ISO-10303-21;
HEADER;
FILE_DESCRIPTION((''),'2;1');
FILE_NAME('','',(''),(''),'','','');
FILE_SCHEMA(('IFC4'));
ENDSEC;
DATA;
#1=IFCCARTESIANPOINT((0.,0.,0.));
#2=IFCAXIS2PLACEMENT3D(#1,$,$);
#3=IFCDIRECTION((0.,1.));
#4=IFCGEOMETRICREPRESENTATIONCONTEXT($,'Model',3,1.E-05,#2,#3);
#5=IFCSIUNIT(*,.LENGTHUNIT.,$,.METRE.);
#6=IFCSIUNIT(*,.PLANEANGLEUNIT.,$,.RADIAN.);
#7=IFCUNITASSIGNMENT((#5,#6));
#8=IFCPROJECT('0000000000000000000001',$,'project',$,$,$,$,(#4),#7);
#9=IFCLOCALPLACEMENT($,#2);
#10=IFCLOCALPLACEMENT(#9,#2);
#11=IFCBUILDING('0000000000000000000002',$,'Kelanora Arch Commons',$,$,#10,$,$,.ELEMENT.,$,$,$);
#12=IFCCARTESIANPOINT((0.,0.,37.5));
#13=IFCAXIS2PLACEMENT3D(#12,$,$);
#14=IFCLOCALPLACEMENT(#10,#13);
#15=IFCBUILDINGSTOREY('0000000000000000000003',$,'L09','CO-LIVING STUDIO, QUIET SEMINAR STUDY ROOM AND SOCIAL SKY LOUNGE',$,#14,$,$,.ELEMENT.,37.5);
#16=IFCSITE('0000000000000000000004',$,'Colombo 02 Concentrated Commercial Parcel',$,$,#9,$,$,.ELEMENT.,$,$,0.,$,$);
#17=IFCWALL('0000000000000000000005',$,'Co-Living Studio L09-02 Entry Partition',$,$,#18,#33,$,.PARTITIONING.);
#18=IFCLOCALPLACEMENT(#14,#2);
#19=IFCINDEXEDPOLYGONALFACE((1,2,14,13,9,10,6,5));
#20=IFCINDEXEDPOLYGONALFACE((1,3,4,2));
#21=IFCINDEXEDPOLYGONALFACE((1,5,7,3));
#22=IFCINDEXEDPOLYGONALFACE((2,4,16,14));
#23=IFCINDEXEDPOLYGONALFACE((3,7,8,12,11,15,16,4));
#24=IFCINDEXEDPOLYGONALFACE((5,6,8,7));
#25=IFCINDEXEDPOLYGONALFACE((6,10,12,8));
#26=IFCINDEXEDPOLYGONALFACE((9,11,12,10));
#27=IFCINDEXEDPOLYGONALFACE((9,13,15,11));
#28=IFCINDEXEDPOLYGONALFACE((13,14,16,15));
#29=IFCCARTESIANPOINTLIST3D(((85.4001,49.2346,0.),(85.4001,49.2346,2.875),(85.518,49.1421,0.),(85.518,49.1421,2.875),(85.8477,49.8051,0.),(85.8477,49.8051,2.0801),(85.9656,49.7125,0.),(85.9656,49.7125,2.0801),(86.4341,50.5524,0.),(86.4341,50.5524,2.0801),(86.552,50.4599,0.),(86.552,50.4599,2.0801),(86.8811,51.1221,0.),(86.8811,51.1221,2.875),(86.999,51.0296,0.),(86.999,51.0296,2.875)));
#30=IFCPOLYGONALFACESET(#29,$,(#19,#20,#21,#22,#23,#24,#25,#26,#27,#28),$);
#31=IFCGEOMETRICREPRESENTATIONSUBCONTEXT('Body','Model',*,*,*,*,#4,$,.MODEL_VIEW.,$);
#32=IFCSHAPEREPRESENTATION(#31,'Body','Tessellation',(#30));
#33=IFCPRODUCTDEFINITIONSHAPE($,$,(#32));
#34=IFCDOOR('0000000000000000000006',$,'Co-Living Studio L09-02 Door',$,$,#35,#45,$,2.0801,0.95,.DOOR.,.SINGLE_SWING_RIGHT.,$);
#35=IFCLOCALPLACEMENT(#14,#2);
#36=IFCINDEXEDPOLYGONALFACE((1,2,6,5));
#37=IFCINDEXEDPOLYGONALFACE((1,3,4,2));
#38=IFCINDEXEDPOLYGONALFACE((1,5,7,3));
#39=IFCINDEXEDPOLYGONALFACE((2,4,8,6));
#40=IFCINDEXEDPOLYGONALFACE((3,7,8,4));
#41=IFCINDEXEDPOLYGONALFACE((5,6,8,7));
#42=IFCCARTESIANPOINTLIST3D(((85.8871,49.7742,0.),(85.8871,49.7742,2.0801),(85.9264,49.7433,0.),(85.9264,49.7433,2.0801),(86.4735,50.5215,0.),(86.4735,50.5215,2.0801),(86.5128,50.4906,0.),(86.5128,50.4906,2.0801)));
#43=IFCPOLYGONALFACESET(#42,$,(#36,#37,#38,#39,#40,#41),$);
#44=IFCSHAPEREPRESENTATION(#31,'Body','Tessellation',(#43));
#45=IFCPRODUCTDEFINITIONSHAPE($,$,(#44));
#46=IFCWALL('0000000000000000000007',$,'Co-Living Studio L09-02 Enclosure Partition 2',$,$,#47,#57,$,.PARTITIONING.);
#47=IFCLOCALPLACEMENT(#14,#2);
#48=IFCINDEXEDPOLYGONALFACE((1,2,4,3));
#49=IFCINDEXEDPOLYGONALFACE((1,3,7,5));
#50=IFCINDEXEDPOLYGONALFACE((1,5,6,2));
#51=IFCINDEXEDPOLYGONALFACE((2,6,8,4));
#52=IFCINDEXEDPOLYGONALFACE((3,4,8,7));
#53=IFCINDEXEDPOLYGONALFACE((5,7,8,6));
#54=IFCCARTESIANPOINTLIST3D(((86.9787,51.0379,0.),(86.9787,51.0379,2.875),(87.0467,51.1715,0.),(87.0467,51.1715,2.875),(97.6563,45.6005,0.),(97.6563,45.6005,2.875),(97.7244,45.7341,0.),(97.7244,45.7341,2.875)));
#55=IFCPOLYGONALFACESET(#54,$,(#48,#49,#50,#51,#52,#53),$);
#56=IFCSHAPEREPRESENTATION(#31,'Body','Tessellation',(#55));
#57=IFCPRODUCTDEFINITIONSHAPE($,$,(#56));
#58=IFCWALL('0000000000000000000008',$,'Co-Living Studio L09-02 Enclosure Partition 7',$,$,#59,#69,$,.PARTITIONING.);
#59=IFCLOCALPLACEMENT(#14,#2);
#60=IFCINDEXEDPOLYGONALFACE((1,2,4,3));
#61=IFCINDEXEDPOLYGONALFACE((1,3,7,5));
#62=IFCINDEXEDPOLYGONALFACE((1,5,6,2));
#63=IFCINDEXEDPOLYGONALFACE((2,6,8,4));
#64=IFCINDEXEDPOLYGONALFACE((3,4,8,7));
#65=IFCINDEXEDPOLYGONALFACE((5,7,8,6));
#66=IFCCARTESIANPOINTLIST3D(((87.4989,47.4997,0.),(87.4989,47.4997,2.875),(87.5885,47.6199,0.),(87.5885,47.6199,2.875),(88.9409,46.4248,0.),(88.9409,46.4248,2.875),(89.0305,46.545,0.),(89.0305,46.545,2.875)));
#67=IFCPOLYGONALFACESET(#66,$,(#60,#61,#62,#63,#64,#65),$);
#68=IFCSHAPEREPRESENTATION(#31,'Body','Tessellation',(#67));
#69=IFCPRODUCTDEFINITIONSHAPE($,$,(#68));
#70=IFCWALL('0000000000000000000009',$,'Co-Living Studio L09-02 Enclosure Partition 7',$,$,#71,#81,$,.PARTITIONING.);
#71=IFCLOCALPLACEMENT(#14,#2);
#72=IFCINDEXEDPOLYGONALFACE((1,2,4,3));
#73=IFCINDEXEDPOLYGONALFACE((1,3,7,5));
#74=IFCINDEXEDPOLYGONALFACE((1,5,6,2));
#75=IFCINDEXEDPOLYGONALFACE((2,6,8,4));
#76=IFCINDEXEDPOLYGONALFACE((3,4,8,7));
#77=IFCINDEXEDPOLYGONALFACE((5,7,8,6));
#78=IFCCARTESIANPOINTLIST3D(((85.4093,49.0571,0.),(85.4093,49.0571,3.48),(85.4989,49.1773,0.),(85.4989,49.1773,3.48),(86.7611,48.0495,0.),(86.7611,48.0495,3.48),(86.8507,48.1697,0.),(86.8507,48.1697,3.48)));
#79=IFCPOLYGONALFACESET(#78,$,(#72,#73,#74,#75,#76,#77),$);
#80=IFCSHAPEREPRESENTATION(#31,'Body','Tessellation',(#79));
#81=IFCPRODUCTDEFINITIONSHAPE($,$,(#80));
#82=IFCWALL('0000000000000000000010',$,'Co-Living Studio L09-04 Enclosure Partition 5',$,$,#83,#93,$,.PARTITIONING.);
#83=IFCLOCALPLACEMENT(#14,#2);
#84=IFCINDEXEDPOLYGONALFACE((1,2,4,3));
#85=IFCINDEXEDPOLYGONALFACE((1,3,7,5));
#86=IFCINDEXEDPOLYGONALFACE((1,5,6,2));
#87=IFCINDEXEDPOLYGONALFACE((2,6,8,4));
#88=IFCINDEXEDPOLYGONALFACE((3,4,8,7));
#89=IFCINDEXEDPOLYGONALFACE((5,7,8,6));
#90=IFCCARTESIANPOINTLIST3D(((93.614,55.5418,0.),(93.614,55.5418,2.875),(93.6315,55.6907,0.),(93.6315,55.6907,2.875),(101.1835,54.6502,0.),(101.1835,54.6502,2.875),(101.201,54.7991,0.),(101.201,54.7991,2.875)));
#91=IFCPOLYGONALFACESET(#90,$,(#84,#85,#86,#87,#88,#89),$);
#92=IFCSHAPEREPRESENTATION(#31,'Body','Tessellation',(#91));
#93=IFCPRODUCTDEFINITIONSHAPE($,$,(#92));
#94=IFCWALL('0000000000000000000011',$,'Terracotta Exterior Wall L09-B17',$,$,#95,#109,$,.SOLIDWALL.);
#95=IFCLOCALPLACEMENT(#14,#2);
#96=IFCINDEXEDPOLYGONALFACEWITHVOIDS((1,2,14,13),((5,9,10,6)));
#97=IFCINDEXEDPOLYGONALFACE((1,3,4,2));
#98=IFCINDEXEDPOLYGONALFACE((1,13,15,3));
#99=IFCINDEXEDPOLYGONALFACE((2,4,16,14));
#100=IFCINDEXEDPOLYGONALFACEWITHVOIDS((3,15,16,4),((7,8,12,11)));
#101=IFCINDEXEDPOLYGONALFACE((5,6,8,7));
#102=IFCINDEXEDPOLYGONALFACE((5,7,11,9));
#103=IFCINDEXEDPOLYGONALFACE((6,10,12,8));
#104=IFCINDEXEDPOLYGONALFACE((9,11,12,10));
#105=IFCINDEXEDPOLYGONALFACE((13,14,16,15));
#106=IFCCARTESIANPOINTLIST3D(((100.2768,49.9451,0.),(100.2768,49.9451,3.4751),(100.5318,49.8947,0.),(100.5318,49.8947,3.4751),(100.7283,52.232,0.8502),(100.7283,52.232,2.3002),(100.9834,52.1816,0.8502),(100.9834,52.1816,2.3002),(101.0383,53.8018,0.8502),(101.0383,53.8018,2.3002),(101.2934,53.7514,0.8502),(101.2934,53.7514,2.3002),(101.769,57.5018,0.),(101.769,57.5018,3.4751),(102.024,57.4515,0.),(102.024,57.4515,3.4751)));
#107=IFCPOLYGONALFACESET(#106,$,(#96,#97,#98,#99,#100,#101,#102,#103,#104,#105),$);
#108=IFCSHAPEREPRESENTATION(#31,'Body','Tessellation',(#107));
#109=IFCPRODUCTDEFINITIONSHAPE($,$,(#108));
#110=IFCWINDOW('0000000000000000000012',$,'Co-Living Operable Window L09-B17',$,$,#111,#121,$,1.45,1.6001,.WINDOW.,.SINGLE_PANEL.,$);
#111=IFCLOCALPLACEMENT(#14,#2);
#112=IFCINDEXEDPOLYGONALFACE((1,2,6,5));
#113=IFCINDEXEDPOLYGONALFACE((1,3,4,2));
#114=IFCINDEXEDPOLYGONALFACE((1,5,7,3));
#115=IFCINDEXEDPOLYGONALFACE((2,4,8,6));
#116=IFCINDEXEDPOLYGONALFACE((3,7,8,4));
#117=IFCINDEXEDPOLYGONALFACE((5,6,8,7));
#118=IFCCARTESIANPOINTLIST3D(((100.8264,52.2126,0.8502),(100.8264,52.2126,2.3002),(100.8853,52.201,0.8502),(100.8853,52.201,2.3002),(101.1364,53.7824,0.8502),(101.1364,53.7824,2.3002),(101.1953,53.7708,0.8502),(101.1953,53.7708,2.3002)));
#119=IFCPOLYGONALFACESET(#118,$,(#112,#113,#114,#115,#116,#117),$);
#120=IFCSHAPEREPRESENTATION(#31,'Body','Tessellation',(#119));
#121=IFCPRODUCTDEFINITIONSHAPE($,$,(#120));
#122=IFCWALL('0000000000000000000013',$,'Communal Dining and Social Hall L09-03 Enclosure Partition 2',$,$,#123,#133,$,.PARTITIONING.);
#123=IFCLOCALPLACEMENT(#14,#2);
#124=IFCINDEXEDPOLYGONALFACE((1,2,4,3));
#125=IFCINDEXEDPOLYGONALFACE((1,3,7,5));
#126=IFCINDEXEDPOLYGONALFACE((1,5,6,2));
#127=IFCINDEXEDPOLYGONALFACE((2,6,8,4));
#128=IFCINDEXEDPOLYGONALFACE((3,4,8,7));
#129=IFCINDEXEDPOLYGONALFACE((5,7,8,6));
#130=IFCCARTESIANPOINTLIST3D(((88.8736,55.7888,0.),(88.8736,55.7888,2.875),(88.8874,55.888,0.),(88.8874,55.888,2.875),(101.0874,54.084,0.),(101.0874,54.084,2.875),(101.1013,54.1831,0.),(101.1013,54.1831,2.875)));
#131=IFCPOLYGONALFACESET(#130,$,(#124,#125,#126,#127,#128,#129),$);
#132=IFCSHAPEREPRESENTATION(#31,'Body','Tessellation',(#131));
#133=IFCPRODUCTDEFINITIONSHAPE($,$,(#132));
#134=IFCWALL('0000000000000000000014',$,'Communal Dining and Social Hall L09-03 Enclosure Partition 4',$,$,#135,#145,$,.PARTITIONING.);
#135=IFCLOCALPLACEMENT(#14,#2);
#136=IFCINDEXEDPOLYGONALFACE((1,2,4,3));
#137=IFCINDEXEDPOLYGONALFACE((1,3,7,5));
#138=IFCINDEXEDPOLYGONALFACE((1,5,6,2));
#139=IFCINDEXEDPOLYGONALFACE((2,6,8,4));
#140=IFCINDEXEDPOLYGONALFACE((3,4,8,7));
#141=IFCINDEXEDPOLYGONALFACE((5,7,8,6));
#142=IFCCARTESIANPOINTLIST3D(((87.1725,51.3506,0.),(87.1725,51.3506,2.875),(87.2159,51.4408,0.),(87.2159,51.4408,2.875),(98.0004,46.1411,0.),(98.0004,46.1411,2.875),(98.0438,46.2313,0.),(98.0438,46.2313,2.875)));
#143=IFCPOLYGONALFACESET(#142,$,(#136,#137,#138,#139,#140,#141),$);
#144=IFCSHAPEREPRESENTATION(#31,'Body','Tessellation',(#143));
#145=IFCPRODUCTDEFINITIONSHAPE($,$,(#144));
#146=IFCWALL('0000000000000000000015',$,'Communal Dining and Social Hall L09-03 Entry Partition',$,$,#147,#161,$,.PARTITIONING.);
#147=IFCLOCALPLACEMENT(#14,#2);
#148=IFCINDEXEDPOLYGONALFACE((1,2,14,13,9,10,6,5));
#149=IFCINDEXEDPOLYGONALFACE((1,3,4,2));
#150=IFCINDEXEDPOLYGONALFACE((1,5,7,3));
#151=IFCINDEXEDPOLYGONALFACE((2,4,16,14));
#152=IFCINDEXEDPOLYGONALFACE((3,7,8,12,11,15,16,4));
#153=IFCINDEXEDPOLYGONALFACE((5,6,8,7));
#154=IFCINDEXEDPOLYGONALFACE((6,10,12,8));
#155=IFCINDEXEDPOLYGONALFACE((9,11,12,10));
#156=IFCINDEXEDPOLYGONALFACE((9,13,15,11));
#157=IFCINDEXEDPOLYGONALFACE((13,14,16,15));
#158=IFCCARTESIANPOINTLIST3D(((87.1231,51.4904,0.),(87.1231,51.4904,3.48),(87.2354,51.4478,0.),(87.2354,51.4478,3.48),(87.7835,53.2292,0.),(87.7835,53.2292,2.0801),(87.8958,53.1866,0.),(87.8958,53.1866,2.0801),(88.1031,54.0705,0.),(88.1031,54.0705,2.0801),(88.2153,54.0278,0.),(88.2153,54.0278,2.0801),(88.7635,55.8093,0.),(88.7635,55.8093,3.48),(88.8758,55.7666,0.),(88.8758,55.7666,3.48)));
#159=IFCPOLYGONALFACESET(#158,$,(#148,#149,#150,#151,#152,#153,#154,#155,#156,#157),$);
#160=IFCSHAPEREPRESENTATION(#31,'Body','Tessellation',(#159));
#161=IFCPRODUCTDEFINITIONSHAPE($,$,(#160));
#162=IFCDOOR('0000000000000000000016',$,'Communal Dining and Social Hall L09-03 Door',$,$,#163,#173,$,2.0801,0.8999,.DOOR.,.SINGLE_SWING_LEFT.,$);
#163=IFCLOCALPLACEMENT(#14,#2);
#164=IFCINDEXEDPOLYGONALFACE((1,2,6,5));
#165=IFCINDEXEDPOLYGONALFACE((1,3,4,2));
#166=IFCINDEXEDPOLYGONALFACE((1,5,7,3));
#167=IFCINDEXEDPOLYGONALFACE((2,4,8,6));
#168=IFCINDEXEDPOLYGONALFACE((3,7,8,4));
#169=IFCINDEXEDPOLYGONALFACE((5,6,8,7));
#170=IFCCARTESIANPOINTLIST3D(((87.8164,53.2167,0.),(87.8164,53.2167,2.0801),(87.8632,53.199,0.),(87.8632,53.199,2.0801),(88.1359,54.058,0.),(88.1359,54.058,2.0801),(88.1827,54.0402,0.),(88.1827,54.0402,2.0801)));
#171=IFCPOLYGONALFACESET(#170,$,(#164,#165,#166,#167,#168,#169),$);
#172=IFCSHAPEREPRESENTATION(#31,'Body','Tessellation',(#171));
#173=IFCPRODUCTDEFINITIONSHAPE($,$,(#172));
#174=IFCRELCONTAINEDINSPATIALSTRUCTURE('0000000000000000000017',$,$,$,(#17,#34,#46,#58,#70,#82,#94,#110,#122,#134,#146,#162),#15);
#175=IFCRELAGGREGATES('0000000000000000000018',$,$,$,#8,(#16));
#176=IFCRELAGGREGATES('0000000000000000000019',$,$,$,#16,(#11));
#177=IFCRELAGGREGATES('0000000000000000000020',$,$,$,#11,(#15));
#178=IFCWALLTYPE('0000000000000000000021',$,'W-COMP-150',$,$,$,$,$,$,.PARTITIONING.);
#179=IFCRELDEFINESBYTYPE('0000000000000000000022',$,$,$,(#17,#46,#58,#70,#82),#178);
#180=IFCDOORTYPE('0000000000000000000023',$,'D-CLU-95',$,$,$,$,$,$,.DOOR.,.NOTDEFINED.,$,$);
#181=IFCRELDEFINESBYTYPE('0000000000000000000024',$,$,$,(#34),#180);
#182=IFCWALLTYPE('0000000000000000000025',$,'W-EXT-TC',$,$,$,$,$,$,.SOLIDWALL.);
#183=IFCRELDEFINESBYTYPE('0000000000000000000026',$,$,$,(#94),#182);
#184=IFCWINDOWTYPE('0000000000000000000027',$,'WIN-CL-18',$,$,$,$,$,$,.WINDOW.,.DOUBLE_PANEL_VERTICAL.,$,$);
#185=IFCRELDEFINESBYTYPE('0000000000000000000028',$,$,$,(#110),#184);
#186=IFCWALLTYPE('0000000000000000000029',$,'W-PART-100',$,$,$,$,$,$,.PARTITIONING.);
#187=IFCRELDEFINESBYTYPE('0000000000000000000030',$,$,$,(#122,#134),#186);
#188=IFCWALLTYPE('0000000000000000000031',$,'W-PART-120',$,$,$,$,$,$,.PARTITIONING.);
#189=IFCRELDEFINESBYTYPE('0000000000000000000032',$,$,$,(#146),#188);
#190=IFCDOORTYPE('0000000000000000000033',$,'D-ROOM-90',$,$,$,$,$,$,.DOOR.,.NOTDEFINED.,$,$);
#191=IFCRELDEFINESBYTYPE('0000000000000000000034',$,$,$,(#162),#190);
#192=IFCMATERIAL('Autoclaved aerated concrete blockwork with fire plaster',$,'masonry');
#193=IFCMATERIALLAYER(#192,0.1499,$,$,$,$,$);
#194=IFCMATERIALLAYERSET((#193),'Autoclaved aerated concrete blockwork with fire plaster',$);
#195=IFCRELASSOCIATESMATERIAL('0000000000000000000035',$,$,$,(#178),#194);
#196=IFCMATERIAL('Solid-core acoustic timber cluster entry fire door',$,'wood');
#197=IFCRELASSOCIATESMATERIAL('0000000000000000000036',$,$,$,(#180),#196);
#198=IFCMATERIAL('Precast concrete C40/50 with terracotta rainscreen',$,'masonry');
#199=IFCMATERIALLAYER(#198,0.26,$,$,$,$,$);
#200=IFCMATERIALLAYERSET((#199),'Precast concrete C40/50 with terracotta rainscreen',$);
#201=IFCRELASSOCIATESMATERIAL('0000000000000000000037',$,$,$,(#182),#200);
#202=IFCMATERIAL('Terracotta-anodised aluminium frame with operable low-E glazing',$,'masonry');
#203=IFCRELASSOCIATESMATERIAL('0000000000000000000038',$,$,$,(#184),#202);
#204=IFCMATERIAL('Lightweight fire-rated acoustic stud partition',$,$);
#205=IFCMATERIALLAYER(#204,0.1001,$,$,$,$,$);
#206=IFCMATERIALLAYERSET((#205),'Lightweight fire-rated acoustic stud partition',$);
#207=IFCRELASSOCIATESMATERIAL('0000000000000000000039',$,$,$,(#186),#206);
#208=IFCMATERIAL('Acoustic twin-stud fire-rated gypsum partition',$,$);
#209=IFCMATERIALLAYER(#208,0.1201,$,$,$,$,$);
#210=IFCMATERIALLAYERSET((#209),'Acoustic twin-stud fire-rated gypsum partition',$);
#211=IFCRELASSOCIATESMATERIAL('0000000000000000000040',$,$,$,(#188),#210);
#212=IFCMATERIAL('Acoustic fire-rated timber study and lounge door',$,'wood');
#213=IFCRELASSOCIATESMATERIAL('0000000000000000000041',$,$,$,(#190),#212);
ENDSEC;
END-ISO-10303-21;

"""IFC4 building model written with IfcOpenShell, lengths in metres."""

from ifc_helpers import new_model, si_unit, direction, frame, frame_2d, origin, place, context, subcontext, project, spatial, rectangle, extrude, material, layer, layer_set, type_object, element, fill, save


model = new_model("IFC4")

# Units and contexts
model_context = context("Model", 3, precision=1e-05, world=origin(), true_north=direction((0.0, 1.0)))
body_context = subcontext(model_context, "Body", "Model", "MODEL_VIEW")
ifc_project = project(units=[si_unit("LENGTHUNIT", "METRE"), si_unit("PLANEANGLEUNIT", "RADIAN")], contexts=[model_context])

# Site, building, storey
site_placement = place(None, origin())
site = spatial("IfcSite", under=ifc_project, at=site_placement, Name="Colombo 02 Concentrated Commercial Parcel", CompositionType="ELEMENT", RefElevation=0.0)
building_placement = place(site_placement, origin())
building = spatial("IfcBuilding", under=site, at=building_placement, Name="Kelanora Arch Commons", CompositionType="ELEMENT")
storey_placement = place(building_placement, frame((0.0, 0.0, 37.5)))
storey = spatial("IfcBuildingStorey", under=building, at=storey_placement, Name="L09", Description="CO-LIVING STUDIO, QUIET SEMINAR STUDY ROOM AND SOCIAL SKY LOUNGE", CompositionType="ELEMENT", Elevation=37.5)

# Wall, opening, door
ifc_material_1 = material(Name="Autoclaved aerated concrete blockwork with fire plaster", Category="masonry")
ifc_layer_1 = layer(ifc_material_1, 0.1499)
ifc_layer_set_1 = layer_set([ifc_layer_1], Name="Autoclaved aerated concrete blockwork with fire plaster")
wall_type_1 = type_object("IfcWallType", Name="W-COMP-150", PredefinedType="PARTITIONING", material=ifc_layer_set_1)
wall_1_placement = place(storey_placement, frame((85.459, 49.1882, 0.0), z_axis=(0.0, 0.0, 1.0), x_axis=(0.617296, 0.786731, 0.0)))
wall_1 = element("IfcWall", 1, at=wall_1_placement, inside=storey, type_object=wall_type_1, Name="Co-Living Studio L09-02 Entry Partition", PredefinedType="PARTITIONING", context=body_context, shape_type="SweptSolid", body=[
    extrude(rectangle(XDim=2.3992, YDim=0.1499, at=frame_2d((1.1997, 0.0))), origin(), (0.0, 0.0, 1.0), 2.875),
])
opening_1_placement = place(wall_1_placement, frame((0.7251, 0.0, 0.0)))
opening_1 = element("IfcOpeningElement", 2, at=opening_1_placement, cuts=wall_1, PredefinedType="OPENING", context=body_context, shape_type="SweptSolid", body=[
    extrude(rectangle(XDim=0.95, YDim=2.0801, at=frame_2d((0.4751, 1.04))), frame((0.0, 0.085, 0.0), z_axis=(0.0, -1.0, 0.0), x_axis=(1.0, 0.0, 0.0)), (0.0, 0.0, 1.0), 0.1699),
])
ifc_material_2 = material(Name="Solid-core acoustic timber cluster entry fire door", Category="wood")
door_type_1 = type_object("IfcDoorType", Name="D-CLU-95", OperationType="NOTDEFINED", PredefinedType="DOOR", material=ifc_material_2)
door_1_placement = place(opening_1_placement, origin())
door_1 = element("IfcDoor", 3, at=door_1_placement, inside=storey, type_object=door_type_1, Name="Co-Living Studio L09-02 Door", OperationType="SINGLE_SWING_RIGHT", OverallHeight=2.0801, OverallWidth=0.95, PredefinedType="DOOR", context=body_context, shape_type="SweptSolid", body=[
    extrude(rectangle(XDim=0.95, YDim=2.0801, at=frame_2d((0.4751, 1.04))), frame((0.0, 0.0249, 0.0), z_axis=(0.0, -1.0, 0.0), x_axis=(1.0, 0.0, 0.0)), (0.0, 0.0, 1.0), 0.05),
])
fill(opening_1, door_1)

# Walls
wall_2_placement = place(storey_placement, frame((87.0127, 51.1047, 0.0), z_axis=(0.0, 0.0, 1.0), x_axis=(0.89111, -0.453787, 0.0)))
element("IfcWall", 4, at=wall_2_placement, inside=storey, type_object=wall_type_1, Name="Co-Living Studio L09-02 Enclosure Partition 2", PredefinedType="PARTITIONING", context=body_context, shape_type="SweptSolid", body=[
    extrude(rectangle(XDim=11.9824, YDim=0.1499, at=frame_2d((5.9912, 0.0))), origin(), (0.0, 0.0, 1.0), 2.875),
])
wall_3_placement = place(storey_placement, frame((88.9858, 46.4849, 0.0), z_axis=(0.0, 0.0, 1.0), x_axis=(-0.801772, 0.59763, 0.0)))
element("IfcWall", 5, at=wall_3_placement, inside=storey, type_object=wall_type_1, Name="Co-Living Studio L09-02 Enclosure Partition 7", PredefinedType="PARTITIONING", context=body_context, shape_type="SweptSolid", body=[
    extrude(rectangle(XDim=1.7986, YDim=0.1499, at=frame_2d((0.8994, 0.0))), origin(), (0.0, 0.0, 1.0), 2.875),
])
wall_4_placement = place(storey_placement, frame((86.8059, 48.1096, 0.0), z_axis=(0.0, 0.0, 1.0), x_axis=(-0.801786, 0.597611, 0.0)))
element("IfcWall", 6, at=wall_4_placement, inside=storey, type_object=wall_type_1, Name="Co-Living Studio L09-02 Enclosure Partition 7", PredefinedType="PARTITIONING", context=body_context, shape_type="SweptSolid", body=[
    extrude(rectangle(XDim=1.686, YDim=0.1499, at=frame_2d((0.843, 0.0))), origin(), (0.0, 0.0, 1.0), 3.48),
])
wall_5_placement = place(storey_placement, frame((101.1924, 54.7246, 0.0), z_axis=(0.0, 0.0, 1.0), x_axis=(-0.993134, 0.116979, 0.0)))
element("IfcWall", 7, at=wall_5_placement, inside=storey, type_object=wall_type_1, Name="Co-Living Studio L09-04 Enclosure Partition 5", PredefinedType="PARTITIONING", context=body_context, shape_type="SweptSolid", body=[
    extrude(rectangle(XDim=7.6218, YDim=0.1499, at=frame_2d((3.811, 0.0))), origin(), (0.0, 0.0, 1.0), 2.875),
])

# Wall, opening, window
ifc_material_3 = material(Name="Precast concrete C40/50 with terracotta rainscreen", Category="masonry")
ifc_layer_2 = layer(ifc_material_3, 0.26)
ifc_layer_set_2 = layer_set([ifc_layer_2], Name="Precast concrete C40/50 with terracotta rainscreen")
wall_type_2 = type_object("IfcWallType", Name="W-EXT-TC", PredefinedType="SOLIDWALL", material=ifc_layer_set_2)
wall_6_placement = place(storey_placement, frame((100.4043, 49.9199, 0.0), z_axis=(0.0, 0.0, 1.0), x_axis=(0.193726, 0.981056, 0.0)))
wall_6 = element("IfcWall", 8, at=wall_6_placement, inside=storey, type_object=wall_type_2, Name="Terracotta Exterior Wall L09-B17", PredefinedType="SOLIDWALL", context=body_context, shape_type="SweptSolid", body=[
    extrude(rectangle(XDim=7.7026, YDim=0.26, at=frame_2d((3.8513, 0.0))), origin(), (0.0, 0.0, 1.0), 3.4751),
])
opening_2_placement = place(wall_6_placement, frame((2.3311, 0.0, 0.8501)))
opening_2 = element("IfcOpeningElement", 9, at=opening_2_placement, cuts=wall_6, PredefinedType="OPENING", context=body_context, shape_type="SweptSolid", body=[
    extrude(rectangle(XDim=1.6001, YDim=1.45, at=frame_2d((0.8, 0.7251))), frame((0.0, 0.1401, 0.0), z_axis=(0.0, -1.0, 0.0), x_axis=(1.0, 0.0, 0.0)), (0.0, 0.0, 1.0), 0.28),
])
ifc_material_4 = material(Name="Terracotta-anodised aluminium frame with operable low-E glazing", Category="masonry")
window_type = type_object("IfcWindowType", Name="WIN-CL-18", PartitioningType="DOUBLE_PANEL_VERTICAL", PredefinedType="WINDOW", material=ifc_material_4)
window_placement = place(opening_2_placement, origin())
window = element("IfcWindow", 10, at=window_placement, inside=storey, type_object=window_type, Name="Co-Living Operable Window L09-B17", OverallHeight=1.45, OverallWidth=1.6001, PartitioningType="SINGLE_PANEL", PredefinedType="WINDOW", context=body_context, shape_type="SweptSolid", body=[
    extrude(rectangle(XDim=1.6001, YDim=1.45, at=frame_2d((0.8, 0.7251))), frame((0.0, 0.03, 0.0), z_axis=(0.0, -1.0, 0.0), x_axis=(1.0, 0.0, 0.0)), (0.0, 0.0, 1.0), 0.0601),
])
fill(opening_2, window)

# Walls
ifc_material_5 = material(Name="Lightweight fire-rated acoustic stud partition")
ifc_layer_3 = layer(ifc_material_5, 0.1001)
ifc_layer_set_3 = layer_set([ifc_layer_3], Name="Lightweight fire-rated acoustic stud partition")
wall_type_3 = type_object("IfcWallType", Name="W-PART-100", PredefinedType="PARTITIONING", material=ifc_layer_set_3)
wall_7_placement = place(storey_placement, frame((88.8806, 55.8384, 0.0), z_axis=(0.0, 0.0, 1.0), x_axis=(0.990399, -0.138242, 0.0)))
element("IfcWall", 11, at=wall_7_placement, inside=storey, type_object=wall_type_3, Name="Communal Dining and Social Hall L09-03 Enclosure Partition 2", PredefinedType="PARTITIONING", context=body_context, shape_type="SweptSolid", body=[
    extrude(rectangle(XDim=12.3323, YDim=0.1001, at=frame_2d((6.166, 0.0))), origin(), (0.0, 0.0, 1.0), 2.875),
])
wall_8_placement = place(storey_placement, frame((98.022, 46.1863, 0.0), z_axis=(0.0, 0.0, 1.0), x_axis=(-0.90113, 0.433549, 0.0)))
element("IfcWall", 12, at=wall_8_placement, inside=storey, type_object=wall_type_3, Name="Communal Dining and Social Hall L09-03 Enclosure Partition 4", PredefinedType="PARTITIONING", context=body_context, shape_type="SweptSolid", body=[
    extrude(rectangle(XDim=12.0159, YDim=0.1001, at=frame_2d((6.0078, 0.0))), origin(), (0.0, 0.0, 1.0), 2.875),
])

# Wall, opening, door
ifc_material_6 = material(Name="Acoustic twin-stud fire-rated gypsum partition")
ifc_layer_4 = layer(ifc_material_6, 0.1201)
ifc_layer_set_4 = layer_set([ifc_layer_4], Name="Acoustic twin-stud fire-rated gypsum partition")
wall_type_4 = type_object("IfcWallType", Name="W-PART-120", PredefinedType="PARTITIONING", material=ifc_layer_set_4)
wall_9_placement = place(storey_placement, frame((87.1792, 51.469, 0.0), z_axis=(0.0, 0.0, 1.0), x_axis=(0.35507, 0.93484, 0.0)))
wall_9 = element("IfcWall", 13, at=wall_9_placement, inside=storey, type_object=wall_type_4, Name="Communal Dining and Social Hall L09-03 Entry Partition", PredefinedType="PARTITIONING", context=body_context, shape_type="SweptSolid", body=[
    extrude(rectangle(XDim=4.6199, YDim=0.1201, at=frame_2d((2.3101, 0.0))), origin(), (0.0, 0.0, 1.0), 3.48),
])
opening_3_placement = place(wall_9_placement, frame((1.8601, 0.0, 0.0)))
opening_3 = element("IfcOpeningElement", 14, at=opening_3_placement, cuts=wall_9, PredefinedType="OPENING", context=body_context, shape_type="SweptSolid", body=[
    extrude(rectangle(XDim=0.8999, YDim=2.0801, at=frame_2d((0.45, 1.04))), frame((0.0, 0.0701, 0.0), z_axis=(0.0, -1.0, 0.0), x_axis=(1.0, 0.0, 0.0)), (0.0, 0.0, 1.0), 0.1401),
])
ifc_material_7 = material(Name="Acoustic fire-rated timber study and lounge door", Category="wood")
door_type_2 = type_object("IfcDoorType", Name="D-ROOM-90", OperationType="NOTDEFINED", PredefinedType="DOOR", material=ifc_material_7)
door_2_placement = place(opening_3_placement, origin())
door_2 = element("IfcDoor", 15, at=door_2_placement, inside=storey, type_object=door_type_2, Name="Communal Dining and Social Hall L09-03 Door", OperationType="SINGLE_SWING_LEFT", OverallHeight=2.0801, OverallWidth=0.8999, PredefinedType="DOOR", context=body_context, shape_type="SweptSolid", body=[
    extrude(rectangle(XDim=0.8999, YDim=2.0801, at=frame_2d((0.45, 1.04))), frame((0.0, 0.0249, 0.0), z_axis=(0.0, -1.0, 0.0), x_axis=(1.0, 0.0, 0.0)), (0.0, 0.0, 1.0), 0.05),
])
fill(opening_3, door_2)

save(model, "model.ifc")
